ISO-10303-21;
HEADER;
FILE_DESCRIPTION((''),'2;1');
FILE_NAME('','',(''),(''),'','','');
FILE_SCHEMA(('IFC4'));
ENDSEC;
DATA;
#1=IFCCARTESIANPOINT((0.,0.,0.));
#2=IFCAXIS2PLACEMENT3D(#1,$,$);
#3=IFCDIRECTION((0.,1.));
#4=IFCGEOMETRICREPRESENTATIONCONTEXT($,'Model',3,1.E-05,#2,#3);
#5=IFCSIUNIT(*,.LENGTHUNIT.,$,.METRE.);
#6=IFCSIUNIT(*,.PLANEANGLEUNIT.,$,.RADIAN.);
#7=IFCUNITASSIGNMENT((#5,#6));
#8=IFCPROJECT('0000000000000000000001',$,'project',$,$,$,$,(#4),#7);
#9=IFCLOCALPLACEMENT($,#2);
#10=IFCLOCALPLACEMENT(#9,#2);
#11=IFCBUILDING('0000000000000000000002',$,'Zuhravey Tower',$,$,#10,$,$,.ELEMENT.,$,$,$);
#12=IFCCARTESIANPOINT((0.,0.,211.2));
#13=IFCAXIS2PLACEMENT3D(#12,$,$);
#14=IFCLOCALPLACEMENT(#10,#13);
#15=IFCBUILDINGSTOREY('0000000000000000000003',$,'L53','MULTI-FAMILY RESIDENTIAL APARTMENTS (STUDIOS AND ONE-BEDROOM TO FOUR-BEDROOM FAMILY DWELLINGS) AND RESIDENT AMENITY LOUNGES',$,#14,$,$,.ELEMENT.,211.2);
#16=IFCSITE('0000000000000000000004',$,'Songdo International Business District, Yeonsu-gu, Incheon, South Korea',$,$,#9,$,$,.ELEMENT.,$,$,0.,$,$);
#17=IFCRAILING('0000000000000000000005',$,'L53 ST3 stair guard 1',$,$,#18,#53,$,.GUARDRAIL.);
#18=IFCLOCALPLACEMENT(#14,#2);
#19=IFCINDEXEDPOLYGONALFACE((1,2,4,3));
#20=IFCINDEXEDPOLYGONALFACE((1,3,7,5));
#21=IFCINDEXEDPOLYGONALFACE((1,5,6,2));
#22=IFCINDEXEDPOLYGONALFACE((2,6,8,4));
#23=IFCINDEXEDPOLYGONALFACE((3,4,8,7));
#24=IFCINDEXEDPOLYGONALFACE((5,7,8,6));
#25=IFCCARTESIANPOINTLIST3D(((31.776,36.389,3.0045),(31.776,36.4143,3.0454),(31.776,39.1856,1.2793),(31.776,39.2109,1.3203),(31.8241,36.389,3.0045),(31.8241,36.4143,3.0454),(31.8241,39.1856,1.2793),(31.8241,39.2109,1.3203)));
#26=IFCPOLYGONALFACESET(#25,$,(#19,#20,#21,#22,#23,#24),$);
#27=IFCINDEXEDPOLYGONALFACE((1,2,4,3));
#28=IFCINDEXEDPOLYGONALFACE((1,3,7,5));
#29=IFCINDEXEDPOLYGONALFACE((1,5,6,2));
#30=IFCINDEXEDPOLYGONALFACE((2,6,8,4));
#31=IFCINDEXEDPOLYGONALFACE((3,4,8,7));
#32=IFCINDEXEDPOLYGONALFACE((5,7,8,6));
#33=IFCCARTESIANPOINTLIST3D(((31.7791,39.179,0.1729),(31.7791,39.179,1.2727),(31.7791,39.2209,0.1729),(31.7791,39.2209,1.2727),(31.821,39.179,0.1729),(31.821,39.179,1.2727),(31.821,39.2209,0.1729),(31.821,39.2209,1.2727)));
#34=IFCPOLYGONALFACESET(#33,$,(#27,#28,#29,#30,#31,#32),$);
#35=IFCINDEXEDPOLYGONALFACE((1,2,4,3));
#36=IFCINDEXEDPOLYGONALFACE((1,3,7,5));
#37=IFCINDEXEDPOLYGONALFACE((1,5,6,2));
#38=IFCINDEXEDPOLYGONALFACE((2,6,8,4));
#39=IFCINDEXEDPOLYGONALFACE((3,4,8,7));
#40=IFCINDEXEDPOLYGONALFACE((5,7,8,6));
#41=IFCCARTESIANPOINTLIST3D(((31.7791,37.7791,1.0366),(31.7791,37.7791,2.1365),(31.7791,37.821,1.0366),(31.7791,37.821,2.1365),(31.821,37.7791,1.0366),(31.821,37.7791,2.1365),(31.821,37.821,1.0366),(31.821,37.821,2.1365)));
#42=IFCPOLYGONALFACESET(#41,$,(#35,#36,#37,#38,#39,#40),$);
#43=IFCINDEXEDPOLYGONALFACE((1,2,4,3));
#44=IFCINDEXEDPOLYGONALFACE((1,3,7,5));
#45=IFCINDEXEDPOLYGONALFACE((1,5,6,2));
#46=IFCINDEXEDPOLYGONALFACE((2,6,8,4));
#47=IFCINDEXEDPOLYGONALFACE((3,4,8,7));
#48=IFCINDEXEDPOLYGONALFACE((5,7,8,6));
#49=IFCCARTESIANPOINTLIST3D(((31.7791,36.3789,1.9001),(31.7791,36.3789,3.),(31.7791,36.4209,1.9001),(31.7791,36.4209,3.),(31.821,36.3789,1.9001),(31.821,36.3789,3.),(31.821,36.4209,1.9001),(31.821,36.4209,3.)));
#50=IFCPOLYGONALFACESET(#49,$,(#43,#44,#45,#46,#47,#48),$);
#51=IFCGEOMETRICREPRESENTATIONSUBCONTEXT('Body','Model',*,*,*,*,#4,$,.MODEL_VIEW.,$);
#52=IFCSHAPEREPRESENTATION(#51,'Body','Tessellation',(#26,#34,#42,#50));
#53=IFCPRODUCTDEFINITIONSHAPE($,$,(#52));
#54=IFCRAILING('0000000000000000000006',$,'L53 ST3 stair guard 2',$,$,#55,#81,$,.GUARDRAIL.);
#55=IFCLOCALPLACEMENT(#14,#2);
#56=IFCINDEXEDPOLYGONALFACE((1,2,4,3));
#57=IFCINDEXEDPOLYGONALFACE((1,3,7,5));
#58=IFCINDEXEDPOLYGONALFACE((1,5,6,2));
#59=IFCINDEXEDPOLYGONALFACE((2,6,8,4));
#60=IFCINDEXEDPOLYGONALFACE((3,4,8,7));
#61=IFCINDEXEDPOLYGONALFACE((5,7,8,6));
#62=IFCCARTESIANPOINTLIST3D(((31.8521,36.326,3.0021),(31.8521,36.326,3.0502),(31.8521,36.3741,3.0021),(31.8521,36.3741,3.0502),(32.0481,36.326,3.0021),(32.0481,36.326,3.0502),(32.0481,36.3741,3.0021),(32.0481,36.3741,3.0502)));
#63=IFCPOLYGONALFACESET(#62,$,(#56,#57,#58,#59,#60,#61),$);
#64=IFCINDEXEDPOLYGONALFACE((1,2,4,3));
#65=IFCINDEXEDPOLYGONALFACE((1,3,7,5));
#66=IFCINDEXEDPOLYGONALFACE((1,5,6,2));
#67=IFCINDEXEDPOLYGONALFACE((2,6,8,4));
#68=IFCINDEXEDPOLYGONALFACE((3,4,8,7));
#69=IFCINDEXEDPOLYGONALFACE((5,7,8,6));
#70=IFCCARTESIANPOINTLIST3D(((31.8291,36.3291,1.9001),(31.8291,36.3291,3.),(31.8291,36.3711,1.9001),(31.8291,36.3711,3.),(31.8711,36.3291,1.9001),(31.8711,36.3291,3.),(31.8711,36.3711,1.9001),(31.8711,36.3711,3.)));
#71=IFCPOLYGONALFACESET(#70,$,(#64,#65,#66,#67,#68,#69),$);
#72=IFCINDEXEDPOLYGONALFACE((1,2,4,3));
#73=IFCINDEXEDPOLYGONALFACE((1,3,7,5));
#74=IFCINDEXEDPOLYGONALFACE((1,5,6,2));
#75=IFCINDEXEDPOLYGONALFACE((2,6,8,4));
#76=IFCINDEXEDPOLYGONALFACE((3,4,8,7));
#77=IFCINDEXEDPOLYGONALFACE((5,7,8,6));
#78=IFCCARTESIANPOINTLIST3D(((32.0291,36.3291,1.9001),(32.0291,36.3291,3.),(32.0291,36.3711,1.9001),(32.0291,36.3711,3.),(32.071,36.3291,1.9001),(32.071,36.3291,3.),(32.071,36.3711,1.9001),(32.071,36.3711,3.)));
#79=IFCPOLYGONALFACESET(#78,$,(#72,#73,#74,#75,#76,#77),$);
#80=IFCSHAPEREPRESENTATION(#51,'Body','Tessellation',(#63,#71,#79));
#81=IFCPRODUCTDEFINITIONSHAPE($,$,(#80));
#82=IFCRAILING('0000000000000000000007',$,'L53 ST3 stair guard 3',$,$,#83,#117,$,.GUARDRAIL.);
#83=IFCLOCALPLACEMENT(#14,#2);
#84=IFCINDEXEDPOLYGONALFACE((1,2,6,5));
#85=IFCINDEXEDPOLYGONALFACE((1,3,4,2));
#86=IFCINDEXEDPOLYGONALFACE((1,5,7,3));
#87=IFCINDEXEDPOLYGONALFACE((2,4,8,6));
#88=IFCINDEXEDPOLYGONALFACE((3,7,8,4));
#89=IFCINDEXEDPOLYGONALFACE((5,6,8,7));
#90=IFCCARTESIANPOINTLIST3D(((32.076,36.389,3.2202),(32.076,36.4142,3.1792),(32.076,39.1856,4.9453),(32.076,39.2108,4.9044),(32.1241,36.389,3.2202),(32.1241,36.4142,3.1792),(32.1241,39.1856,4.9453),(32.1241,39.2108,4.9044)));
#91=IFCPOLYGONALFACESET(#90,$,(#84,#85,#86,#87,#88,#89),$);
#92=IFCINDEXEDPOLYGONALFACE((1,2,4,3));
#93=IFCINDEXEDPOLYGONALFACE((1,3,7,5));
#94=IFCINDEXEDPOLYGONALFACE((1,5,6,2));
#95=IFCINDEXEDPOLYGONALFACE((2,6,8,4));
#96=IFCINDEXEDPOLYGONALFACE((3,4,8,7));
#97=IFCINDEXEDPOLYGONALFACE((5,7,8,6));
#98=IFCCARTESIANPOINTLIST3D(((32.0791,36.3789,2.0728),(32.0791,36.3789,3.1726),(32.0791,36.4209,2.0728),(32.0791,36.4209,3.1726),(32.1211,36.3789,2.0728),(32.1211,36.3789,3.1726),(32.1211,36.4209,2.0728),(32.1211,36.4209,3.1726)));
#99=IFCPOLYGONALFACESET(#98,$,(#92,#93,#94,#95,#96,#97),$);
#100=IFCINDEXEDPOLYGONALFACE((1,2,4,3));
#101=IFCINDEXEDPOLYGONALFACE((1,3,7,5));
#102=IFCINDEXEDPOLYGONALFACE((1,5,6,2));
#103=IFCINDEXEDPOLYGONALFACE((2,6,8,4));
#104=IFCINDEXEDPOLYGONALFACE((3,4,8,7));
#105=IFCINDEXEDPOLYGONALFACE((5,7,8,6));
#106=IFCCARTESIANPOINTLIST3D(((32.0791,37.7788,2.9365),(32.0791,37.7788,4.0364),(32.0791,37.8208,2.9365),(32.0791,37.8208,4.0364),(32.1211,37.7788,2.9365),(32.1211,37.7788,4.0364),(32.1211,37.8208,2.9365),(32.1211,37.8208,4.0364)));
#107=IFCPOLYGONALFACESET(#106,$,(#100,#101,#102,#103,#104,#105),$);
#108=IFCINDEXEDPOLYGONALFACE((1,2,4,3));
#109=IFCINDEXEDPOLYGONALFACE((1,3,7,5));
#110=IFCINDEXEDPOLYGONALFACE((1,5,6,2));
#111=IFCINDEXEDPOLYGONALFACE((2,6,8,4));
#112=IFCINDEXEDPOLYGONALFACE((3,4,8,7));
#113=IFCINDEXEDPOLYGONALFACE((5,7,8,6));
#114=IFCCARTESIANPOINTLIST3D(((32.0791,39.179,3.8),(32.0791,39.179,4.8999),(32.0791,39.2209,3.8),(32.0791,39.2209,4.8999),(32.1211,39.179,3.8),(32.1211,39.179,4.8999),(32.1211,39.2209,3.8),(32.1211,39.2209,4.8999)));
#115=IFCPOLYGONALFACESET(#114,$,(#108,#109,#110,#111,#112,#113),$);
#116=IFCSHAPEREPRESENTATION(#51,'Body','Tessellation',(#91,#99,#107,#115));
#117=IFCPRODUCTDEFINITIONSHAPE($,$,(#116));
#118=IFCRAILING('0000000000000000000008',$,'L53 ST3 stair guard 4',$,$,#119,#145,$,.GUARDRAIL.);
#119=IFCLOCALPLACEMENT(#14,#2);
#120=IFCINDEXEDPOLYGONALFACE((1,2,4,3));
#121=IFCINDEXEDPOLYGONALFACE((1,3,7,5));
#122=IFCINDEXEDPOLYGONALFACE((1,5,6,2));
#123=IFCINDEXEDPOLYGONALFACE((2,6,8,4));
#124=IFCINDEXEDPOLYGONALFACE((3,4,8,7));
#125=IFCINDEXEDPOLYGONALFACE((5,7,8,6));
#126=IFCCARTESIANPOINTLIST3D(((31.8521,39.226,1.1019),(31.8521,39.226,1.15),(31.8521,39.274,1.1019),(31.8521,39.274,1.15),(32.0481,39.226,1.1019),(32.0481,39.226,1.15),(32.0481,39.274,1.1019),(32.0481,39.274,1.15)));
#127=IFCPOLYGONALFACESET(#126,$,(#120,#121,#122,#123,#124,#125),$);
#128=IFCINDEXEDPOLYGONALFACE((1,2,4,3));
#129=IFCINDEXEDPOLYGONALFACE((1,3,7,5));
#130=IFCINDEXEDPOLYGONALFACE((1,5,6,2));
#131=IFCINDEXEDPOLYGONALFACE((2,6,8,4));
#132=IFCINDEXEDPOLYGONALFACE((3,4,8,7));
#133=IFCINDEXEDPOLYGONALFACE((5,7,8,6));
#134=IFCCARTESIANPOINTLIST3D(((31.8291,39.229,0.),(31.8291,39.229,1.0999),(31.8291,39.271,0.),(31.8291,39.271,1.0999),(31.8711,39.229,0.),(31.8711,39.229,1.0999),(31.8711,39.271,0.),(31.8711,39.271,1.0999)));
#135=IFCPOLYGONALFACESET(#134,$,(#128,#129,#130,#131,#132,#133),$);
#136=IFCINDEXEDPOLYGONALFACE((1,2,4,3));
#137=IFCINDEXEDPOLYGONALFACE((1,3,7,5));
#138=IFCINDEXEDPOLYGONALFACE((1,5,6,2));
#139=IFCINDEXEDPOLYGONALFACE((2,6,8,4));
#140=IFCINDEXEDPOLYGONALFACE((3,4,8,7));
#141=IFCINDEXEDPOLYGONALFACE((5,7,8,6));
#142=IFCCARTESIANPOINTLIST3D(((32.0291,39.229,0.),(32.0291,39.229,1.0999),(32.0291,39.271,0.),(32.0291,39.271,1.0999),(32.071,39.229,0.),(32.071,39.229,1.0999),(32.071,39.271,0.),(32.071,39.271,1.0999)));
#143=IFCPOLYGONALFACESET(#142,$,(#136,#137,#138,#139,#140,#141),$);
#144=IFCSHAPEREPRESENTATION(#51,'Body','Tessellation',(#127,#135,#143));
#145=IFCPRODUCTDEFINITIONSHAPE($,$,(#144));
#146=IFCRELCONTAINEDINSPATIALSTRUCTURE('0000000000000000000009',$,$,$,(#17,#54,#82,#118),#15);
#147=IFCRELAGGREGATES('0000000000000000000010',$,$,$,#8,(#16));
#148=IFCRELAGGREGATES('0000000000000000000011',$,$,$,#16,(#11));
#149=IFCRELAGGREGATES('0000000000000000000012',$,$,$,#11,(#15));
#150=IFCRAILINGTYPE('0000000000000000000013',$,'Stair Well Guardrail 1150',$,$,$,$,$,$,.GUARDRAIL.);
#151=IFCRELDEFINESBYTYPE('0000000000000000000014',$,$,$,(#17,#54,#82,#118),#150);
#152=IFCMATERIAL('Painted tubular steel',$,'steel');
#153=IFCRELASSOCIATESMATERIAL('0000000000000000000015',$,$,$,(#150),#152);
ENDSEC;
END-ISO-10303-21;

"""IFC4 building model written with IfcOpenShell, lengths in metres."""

from ifc_helpers import new_model, si_unit, direction, frame, origin, origin_2d, place, context, subcontext, project, spatial, rectangle, extrude, material, type_object, element, save


model = new_model("IFC4")

# Units and contexts
model_context = context("Model", 3, precision=1e-05, world=origin(), true_north=direction((0.0, 1.0)))
body_context = subcontext(model_context, "Body", "Model", "MODEL_VIEW")
ifc_project = project(units=[si_unit("LENGTHUNIT", "METRE"), si_unit("PLANEANGLEUNIT", "RADIAN")], contexts=[model_context])

# Site, building, storey
site_placement = place(None, origin())
site = spatial("IfcSite", under=ifc_project, at=site_placement, Name="Songdo International Business District, Yeonsu-gu, Incheon, South Korea", CompositionType="ELEMENT", RefElevation=0.0)
building_placement = place(site_placement, origin())
building = spatial("IfcBuilding", under=site, at=building_placement, Name="Zuhravey Tower", CompositionType="ELEMENT")
storey_placement = place(building_placement, frame((0.0, 0.0, 211.2)))
storey = spatial("IfcBuildingStorey", under=building, at=storey_placement, Name="L53", Description="MULTI-FAMILY RESIDENTIAL APARTMENTS (STUDIOS AND ONE-BEDROOM TO FOUR-BEDROOM FAMILY DWELLINGS) AND RESIDENT AMENITY LOUNGES", CompositionType="ELEMENT", Elevation=211.2)

# Railings
ifc_material_1 = material(Name="Painted tubular steel", Category="steel")
railing_type_1 = type_object("IfcRailingType", Name="Stair Well Guardrail 1150", PredefinedType="GUARDRAIL", material=ifc_material_1)
railing_1_placement = place(storey_placement, frame((31.8, 39.2, 0.1729)))
element("IfcRailing", 1, at=railing_1_placement, inside=storey, type_object=railing_type_1, Name="L53 ST3 stair guard 1", PredefinedType="GUARDRAIL", context=body_context, shape_type="SweptSolid", body=[
    extrude(rectangle(XDim=0.0481, YDim=0.0481, at=origin_2d()), frame((0.0, -0.0017, 1.127), z_axis=(0.0, -0.85109, 0.52502), x_axis=(1.0, 0.0, 0.0)), (0.0, 0.0, 1.0), 3.2859),
    extrude(rectangle(XDim=0.042, YDim=0.042, at=origin_2d()), origin(), (0.0, 0.0, 1.0), 1.0999),
    extrude(rectangle(XDim=0.042, YDim=0.042, at=origin_2d()), frame((0.0, -1.3999, 0.8638)), (0.0, 0.0, 1.0), 1.0999),
    extrude(rectangle(XDim=0.042, YDim=0.042, at=origin_2d()), frame((0.0, -2.8, 1.7273)), (0.0, 0.0, 1.0), 1.0999),
])
railing_2_placement = place(storey_placement, frame((31.8501, 36.3501, 1.9001)))
element("IfcRailing", 2, at=railing_2_placement, inside=storey, type_object=railing_type_1, Name="L53 ST3 stair guard 2", PredefinedType="GUARDRAIL", context=body_context, shape_type="SweptSolid", body=[
    extrude(rectangle(XDim=0.0481, YDim=0.0481, at=origin_2d()), frame((0.002, 0.0, 1.126), z_axis=(1.0, 0.0, 0.0), x_axis=(0.0, 1.0, 0.0)), (0.0, 0.0, 1.0), 0.196),
    extrude(rectangle(XDim=0.042, YDim=0.042, at=origin_2d()), origin(), (0.0, 0.0, 1.0), 1.0999),
    extrude(rectangle(XDim=0.042, YDim=0.042, at=origin_2d()), frame((0.2, 0.0, 0.0)), (0.0, 0.0, 1.0), 1.0999),
])
railing_3_placement = place(storey_placement, frame((32.1001, 36.3999, 2.0728)))
element("IfcRailing", 3, at=railing_3_placement, inside=storey, type_object=railing_type_1, Name="L53 ST3 stair guard 3", PredefinedType="GUARDRAIL", context=body_context, shape_type="SweptSolid", body=[
    extrude(rectangle(XDim=0.0481, YDim=0.0481, at=origin_2d()), frame((0.0, 0.0017, 1.127), z_axis=(0.0, 0.85109, 0.52502), x_axis=(-1.0, 0.0, 0.0)), (0.0, 0.0, 1.0), 3.2859),
    extrude(rectangle(XDim=0.042, YDim=0.042, at=origin_2d()), origin(), (0.0, 0.0, 1.0), 1.0999),
    extrude(rectangle(XDim=0.042, YDim=0.042, at=origin_2d()), frame((0.0, 1.3999, 0.8638)), (0.0, 0.0, 1.0), 1.0999),
    extrude(rectangle(XDim=0.042, YDim=0.042, at=origin_2d()), frame((0.0, 2.8, 1.7273)), (0.0, 0.0, 1.0), 1.0999),
])
railing_4_placement = place(storey_placement, frame((31.8501, 39.25, 0.0)))
element("IfcRailing", 4, at=railing_4_placement, inside=storey, type_object=railing_type_1, Name="L53 ST3 stair guard 4", PredefinedType="GUARDRAIL", context=body_context, shape_type="SweptSolid", body=[
    extrude(rectangle(XDim=0.0481, YDim=0.0481, at=origin_2d()), frame((0.002, 0.0, 1.126), z_axis=(1.0, 0.0, 0.0), x_axis=(0.0, 1.0, 0.0)), (0.0, 0.0, 1.0), 0.196),
    extrude(rectangle(XDim=0.042, YDim=0.042, at=origin_2d()), origin(), (0.0, 0.0, 1.0), 1.0999),
    extrude(rectangle(XDim=0.042, YDim=0.042, at=origin_2d()), frame((0.2, 0.0, 0.0)), (0.0, 0.0, 1.0), 1.0999),
])

save(model, "model.ifc")
